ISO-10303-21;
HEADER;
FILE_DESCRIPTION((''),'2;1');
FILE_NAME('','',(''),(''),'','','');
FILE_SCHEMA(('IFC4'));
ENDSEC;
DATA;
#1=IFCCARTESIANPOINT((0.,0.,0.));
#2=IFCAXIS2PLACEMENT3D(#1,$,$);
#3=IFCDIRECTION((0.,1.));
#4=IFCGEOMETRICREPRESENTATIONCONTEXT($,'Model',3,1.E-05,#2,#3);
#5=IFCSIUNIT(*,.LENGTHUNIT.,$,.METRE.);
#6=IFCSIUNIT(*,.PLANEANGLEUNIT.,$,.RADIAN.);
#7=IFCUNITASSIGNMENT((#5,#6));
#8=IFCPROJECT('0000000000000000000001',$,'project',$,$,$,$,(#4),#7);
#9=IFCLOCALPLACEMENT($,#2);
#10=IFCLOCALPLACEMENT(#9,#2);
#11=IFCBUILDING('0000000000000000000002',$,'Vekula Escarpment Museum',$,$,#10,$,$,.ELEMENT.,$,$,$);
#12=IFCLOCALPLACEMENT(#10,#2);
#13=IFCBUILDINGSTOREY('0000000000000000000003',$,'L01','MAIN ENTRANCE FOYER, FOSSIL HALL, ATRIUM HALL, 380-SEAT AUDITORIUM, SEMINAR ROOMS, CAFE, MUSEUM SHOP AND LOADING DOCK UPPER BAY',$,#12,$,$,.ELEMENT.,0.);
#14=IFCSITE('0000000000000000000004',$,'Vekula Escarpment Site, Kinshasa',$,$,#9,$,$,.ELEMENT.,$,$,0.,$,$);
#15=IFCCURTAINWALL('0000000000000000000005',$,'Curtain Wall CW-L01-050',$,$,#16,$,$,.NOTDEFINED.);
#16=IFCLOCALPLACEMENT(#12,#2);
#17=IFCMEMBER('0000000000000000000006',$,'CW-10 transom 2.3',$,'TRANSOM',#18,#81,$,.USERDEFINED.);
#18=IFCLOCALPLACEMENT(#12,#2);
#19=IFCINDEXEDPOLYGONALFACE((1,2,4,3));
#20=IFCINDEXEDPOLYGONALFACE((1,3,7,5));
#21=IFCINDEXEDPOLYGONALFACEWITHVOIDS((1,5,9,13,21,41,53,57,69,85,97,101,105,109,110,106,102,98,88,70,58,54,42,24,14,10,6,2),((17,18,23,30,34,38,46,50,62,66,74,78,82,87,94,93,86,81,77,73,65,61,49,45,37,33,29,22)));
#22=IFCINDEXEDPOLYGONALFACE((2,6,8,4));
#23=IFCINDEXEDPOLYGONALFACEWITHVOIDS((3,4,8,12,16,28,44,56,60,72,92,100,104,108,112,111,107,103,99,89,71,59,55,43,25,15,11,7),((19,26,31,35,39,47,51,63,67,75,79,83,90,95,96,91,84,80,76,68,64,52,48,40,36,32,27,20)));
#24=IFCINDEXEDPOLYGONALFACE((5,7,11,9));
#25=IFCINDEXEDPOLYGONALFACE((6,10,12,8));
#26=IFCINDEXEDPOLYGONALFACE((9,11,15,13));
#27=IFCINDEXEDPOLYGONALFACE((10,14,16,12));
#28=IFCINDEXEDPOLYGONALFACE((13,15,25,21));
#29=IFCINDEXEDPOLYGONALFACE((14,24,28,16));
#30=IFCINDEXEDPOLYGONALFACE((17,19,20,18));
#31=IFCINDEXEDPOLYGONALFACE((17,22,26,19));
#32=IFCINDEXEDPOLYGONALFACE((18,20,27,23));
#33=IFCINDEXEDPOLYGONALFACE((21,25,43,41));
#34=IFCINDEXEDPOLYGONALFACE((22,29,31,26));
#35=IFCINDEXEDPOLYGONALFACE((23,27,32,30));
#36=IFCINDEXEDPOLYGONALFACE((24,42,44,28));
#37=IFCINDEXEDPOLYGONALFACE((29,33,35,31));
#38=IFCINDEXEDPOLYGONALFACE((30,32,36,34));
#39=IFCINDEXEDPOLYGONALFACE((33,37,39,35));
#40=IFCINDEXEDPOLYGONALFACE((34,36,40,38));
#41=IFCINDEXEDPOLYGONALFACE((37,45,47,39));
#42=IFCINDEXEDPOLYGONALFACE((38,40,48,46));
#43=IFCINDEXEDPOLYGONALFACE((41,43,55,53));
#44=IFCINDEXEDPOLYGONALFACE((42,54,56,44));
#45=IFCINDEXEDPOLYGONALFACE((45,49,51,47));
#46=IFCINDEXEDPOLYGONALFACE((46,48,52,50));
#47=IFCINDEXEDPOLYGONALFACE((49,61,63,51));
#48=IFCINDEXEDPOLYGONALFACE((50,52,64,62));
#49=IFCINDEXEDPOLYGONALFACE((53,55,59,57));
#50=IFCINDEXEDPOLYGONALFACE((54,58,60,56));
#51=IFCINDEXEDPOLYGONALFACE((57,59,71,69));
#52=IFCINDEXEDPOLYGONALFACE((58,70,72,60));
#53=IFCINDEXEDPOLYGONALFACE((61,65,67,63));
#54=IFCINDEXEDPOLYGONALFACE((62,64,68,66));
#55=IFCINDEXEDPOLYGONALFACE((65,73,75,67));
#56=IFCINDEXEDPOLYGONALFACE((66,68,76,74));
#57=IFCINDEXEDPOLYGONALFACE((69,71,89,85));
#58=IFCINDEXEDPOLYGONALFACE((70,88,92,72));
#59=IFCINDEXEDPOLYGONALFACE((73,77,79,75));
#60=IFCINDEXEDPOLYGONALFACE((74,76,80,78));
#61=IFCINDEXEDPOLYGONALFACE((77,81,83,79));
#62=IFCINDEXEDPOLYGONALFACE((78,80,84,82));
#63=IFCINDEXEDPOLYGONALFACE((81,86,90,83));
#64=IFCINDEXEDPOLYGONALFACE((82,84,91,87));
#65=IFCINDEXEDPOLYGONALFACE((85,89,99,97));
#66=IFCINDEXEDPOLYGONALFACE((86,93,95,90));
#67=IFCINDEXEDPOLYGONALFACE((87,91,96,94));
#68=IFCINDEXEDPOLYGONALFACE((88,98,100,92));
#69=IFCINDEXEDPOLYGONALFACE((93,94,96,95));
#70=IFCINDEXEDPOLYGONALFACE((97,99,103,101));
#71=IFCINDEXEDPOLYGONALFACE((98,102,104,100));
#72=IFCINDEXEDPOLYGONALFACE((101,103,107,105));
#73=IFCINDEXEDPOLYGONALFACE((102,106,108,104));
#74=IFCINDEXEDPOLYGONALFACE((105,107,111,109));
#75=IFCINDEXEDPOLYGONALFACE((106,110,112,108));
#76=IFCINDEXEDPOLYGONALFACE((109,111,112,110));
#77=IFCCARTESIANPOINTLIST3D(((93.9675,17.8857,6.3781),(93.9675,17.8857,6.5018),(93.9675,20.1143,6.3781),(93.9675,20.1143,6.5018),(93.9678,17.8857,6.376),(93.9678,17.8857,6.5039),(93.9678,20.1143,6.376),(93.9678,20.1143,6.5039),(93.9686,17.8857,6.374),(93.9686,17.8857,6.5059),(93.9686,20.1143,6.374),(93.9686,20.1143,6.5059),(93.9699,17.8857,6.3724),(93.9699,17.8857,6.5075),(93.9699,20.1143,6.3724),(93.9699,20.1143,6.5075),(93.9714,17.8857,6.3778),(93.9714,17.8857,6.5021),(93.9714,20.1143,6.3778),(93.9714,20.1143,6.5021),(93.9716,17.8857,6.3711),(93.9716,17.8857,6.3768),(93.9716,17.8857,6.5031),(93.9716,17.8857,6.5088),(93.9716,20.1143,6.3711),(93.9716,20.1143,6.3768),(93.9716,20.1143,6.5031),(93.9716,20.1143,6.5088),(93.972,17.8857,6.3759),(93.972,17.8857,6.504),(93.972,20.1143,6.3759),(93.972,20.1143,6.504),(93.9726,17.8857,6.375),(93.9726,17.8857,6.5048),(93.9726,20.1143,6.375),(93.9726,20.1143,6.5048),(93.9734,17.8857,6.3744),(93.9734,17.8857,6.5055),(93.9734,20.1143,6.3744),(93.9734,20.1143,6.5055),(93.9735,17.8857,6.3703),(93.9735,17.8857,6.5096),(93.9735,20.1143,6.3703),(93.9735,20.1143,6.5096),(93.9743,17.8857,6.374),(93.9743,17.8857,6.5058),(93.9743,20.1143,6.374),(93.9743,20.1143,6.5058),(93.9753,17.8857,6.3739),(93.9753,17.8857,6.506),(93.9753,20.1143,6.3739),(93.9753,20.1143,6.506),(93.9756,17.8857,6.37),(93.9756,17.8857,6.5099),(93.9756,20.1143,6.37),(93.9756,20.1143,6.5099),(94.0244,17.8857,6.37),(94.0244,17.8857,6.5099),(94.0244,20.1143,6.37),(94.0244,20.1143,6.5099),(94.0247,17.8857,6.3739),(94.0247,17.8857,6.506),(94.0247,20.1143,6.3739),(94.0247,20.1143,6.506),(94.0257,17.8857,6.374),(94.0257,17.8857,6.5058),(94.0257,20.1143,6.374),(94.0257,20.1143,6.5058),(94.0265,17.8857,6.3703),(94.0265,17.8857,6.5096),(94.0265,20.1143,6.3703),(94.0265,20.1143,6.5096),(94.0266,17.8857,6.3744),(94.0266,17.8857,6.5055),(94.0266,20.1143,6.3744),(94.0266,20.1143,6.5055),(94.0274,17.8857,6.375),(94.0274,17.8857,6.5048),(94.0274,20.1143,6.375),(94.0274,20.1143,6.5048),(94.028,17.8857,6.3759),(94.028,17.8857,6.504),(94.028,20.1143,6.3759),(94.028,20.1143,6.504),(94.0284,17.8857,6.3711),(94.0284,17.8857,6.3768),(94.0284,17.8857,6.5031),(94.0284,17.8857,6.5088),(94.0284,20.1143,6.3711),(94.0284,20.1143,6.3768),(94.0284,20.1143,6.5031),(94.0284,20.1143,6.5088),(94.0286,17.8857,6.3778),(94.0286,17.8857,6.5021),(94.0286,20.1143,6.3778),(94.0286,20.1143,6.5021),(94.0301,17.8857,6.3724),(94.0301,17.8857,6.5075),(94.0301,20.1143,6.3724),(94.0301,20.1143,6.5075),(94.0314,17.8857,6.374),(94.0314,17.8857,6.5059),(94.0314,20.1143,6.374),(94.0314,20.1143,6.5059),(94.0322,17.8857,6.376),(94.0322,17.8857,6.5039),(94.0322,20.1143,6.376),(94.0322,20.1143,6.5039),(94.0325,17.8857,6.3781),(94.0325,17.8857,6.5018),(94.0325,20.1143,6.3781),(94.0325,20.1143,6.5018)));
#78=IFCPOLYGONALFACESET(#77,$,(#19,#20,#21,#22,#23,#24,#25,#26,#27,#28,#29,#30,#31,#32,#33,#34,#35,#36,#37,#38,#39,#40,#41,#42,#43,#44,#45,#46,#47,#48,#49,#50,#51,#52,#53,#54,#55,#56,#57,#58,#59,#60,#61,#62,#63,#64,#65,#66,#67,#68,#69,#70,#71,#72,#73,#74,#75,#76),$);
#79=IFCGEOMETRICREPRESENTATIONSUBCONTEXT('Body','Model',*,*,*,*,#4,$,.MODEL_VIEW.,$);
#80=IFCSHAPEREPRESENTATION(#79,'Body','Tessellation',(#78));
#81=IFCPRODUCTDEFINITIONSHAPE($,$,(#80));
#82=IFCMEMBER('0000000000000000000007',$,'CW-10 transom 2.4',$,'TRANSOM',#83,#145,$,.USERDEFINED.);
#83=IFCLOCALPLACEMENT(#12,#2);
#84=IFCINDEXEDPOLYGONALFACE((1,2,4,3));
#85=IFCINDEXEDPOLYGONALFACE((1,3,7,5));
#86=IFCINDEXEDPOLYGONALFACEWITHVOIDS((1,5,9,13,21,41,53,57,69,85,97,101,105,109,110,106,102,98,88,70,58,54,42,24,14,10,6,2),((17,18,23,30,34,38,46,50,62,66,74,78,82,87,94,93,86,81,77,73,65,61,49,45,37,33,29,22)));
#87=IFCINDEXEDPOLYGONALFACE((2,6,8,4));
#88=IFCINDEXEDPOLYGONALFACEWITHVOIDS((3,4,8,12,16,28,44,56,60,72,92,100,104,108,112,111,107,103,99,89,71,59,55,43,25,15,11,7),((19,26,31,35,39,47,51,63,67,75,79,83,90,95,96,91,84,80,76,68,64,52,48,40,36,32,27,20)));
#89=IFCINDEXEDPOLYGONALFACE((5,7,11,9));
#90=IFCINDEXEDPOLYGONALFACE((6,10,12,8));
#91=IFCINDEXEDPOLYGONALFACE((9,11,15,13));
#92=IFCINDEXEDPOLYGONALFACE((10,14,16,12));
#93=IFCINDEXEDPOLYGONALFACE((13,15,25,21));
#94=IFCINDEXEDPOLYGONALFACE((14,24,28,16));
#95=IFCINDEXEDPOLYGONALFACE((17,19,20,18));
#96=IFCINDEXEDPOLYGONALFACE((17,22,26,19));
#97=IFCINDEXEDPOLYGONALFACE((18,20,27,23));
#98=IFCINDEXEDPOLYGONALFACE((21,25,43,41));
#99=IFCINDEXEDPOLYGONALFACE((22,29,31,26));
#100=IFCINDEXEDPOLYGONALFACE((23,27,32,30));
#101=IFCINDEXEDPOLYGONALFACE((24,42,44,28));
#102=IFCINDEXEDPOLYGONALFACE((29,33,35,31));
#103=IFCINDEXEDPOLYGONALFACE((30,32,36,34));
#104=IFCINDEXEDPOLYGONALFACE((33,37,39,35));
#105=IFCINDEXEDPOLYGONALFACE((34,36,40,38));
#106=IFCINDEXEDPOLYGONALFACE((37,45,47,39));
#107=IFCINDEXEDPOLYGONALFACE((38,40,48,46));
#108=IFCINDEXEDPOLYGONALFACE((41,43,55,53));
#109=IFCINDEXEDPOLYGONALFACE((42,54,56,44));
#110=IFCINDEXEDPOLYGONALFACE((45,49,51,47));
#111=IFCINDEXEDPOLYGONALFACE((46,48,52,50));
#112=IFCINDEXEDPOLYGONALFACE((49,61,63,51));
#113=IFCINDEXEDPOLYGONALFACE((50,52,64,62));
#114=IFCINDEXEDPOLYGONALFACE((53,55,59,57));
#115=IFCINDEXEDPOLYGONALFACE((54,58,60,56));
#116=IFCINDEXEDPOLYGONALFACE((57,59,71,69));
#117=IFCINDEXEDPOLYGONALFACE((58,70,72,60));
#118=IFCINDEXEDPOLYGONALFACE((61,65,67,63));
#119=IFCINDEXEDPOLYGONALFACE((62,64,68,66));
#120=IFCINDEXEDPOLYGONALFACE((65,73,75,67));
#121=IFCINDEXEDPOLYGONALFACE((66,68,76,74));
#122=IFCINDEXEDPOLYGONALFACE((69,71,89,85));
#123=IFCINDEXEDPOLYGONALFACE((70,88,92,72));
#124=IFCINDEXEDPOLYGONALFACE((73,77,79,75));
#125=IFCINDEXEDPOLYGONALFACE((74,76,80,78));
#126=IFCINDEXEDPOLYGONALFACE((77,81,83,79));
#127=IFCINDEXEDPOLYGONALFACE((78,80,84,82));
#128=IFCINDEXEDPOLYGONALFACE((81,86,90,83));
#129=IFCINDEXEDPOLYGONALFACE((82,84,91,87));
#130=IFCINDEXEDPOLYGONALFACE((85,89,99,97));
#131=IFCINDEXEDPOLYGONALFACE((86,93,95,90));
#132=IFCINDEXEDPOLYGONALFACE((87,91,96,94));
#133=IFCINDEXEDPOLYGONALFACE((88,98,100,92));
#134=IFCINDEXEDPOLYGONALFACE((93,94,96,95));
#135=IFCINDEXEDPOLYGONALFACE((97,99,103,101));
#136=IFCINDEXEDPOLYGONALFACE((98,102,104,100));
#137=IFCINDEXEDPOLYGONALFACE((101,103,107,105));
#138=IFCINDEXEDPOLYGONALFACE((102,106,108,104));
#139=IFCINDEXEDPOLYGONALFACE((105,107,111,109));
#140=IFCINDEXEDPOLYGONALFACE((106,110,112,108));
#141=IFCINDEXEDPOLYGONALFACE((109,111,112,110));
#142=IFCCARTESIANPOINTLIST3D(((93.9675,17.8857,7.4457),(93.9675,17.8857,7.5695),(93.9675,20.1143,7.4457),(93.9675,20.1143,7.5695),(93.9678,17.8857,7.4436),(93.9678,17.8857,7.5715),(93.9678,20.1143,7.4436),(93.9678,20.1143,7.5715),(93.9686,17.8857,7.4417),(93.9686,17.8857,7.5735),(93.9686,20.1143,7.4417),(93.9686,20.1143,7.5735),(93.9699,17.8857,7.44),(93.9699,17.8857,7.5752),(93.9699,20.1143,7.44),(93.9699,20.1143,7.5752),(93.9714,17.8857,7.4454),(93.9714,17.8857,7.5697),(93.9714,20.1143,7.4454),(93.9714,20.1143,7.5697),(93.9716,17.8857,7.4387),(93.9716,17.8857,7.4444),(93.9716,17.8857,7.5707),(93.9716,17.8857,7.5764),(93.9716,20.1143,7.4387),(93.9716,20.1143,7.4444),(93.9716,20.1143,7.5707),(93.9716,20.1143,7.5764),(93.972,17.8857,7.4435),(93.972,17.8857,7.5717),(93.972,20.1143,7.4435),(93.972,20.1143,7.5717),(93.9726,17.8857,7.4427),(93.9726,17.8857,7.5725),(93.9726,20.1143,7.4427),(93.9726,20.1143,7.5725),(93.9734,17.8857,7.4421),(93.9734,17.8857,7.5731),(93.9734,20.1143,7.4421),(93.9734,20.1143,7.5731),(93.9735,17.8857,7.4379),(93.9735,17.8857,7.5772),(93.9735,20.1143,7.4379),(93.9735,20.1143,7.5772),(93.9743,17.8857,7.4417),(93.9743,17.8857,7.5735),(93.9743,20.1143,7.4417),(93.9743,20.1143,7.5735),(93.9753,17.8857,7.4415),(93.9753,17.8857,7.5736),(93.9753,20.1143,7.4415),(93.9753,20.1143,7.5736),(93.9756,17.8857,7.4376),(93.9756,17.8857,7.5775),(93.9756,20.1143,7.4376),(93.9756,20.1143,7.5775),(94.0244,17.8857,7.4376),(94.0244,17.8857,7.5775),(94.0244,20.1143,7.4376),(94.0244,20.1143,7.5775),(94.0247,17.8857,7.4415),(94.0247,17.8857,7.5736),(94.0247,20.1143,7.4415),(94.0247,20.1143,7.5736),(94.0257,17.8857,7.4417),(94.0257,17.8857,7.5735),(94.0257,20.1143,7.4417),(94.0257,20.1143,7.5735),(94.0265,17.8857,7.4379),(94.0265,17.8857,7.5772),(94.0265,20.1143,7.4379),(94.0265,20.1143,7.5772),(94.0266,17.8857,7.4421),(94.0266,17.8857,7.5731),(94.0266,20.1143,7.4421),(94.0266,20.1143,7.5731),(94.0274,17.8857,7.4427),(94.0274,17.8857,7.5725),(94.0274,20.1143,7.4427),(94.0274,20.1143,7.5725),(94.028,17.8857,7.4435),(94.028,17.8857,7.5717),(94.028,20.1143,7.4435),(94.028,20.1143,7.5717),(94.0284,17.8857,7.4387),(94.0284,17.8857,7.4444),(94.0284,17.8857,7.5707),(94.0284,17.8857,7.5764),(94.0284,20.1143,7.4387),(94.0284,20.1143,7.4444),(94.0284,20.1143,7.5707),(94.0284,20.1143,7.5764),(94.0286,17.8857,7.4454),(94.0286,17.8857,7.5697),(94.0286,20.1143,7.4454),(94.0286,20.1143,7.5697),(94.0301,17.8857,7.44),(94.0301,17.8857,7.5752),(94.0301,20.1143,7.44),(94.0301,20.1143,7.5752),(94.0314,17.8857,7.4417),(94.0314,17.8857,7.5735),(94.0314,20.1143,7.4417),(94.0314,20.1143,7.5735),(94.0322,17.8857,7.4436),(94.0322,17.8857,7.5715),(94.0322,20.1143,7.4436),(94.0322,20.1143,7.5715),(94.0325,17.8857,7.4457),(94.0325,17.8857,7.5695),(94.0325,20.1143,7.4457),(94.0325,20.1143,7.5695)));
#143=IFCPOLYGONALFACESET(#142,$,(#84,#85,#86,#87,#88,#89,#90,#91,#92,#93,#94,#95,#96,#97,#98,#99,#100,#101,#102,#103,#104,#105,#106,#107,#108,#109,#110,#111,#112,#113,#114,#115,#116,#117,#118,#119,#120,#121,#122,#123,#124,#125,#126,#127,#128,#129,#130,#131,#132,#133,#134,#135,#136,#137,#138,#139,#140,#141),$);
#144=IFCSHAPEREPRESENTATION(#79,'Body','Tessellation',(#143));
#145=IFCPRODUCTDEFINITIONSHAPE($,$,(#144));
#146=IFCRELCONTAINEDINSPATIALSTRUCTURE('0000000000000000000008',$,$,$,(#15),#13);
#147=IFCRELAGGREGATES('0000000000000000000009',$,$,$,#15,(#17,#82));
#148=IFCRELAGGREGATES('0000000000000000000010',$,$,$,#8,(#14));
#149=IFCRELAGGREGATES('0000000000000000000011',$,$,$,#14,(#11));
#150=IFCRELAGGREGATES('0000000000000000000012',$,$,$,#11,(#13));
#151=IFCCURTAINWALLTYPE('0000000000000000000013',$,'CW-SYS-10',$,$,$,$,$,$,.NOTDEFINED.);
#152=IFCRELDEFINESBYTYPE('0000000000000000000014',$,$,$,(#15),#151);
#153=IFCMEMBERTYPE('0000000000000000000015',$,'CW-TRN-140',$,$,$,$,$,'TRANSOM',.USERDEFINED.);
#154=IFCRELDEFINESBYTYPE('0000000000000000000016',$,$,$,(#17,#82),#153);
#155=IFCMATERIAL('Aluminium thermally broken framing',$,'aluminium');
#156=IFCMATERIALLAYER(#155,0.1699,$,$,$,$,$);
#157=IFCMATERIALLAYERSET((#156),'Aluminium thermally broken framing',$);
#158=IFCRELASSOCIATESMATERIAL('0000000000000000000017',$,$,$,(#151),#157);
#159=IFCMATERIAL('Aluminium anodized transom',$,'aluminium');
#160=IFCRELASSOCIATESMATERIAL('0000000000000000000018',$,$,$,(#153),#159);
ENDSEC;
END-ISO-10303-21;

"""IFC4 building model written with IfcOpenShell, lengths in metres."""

from ifc_helpers import new_model, si_unit, direction, frame, origin, origin_2d, place, context, subcontext, project, spatial, hollow_rectangle, extrude, material, layer, layer_set, material_profile, profile_set, type_object, element, aggregate, save


model = new_model("IFC4")

# Units and contexts
model_context = context("Model", 3, precision=1e-05, world=origin(), true_north=direction((0.0, 1.0)))
body_context = subcontext(model_context, "Body", "Model", "MODEL_VIEW")
ifc_project = project(units=[si_unit("LENGTHUNIT", "METRE"), si_unit("PLANEANGLEUNIT", "RADIAN")], contexts=[model_context])

# Site, building, storey
site_placement = place(None, origin())
site = spatial("IfcSite", under=ifc_project, at=site_placement, Name="Vekula Escarpment Site, Kinshasa", CompositionType="ELEMENT", RefElevation=0.0)
building_placement = place(site_placement, origin())
building = spatial("IfcBuilding", under=site, at=building_placement, Name="Vekula Escarpment Museum", CompositionType="ELEMENT")
storey_placement = place(building_placement, origin())
storey = spatial("IfcBuildingStorey", under=building, at=storey_placement, Name="L01", Description="MAIN ENTRANCE FOYER, FOSSIL HALL, ATRIUM HALL, 380-SEAT AUDITORIUM, SEMINAR ROOMS, CAFE, MUSEUM SHOP AND LOADING DOCK UPPER BAY", CompositionType="ELEMENT", Elevation=0.0)

# Curtain wall, members
ifc_material_1 = material(Name="Aluminium thermally broken framing", Category="aluminium")
ifc_layer_1 = layer(ifc_material_1, 0.1699)
ifc_layer_set_1 = layer_set([ifc_layer_1], Name="Aluminium thermally broken framing")
curtain_wall_type = type_object("IfcCurtainWallType", Name="CW-SYS-10", PredefinedType="NOTDEFINED", material=ifc_layer_set_1)
curtain_wall_placement = place(storey_placement, origin())
curtain_wall = element("IfcCurtainWall", 1, at=curtain_wall_placement, inside=storey, type_object=curtain_wall_type, Name="Curtain Wall CW-L01-050", PredefinedType="NOTDEFINED")
ifc_material_2 = material(Name="Aluminium anodized transom", Category="aluminium")
ifc_material_profile_1 = material_profile(ifc_material_2, hollow_rectangle(XDim=0.0649, YDim=0.1399, WallThickness=0.0039, InnerFilletRadius=0.0039, OuterFilletRadius=0.0081, at=origin_2d()), Name="ALU 140x65x4")
ifc_profile_set_1 = profile_set([ifc_material_profile_1], Name="Aluminium anodized transom")
member_type_1 = type_object("IfcMemberType", Name="CW-TRN-140", ElementType="TRANSOM", PredefinedType="USERDEFINED", material=ifc_profile_set_1)
member_1_placement = place(storey_placement, frame((94.0, 20.1143, 6.4399), z_axis=(0.0, -1.0, 0.0), x_axis=(1.0, 0.0, 0.0)))
member_1 = element("IfcMember", 2, at=member_1_placement, type_object=member_type_1, Name="CW-10 transom 2.3", ObjectType="TRANSOM", PredefinedType="USERDEFINED", context=body_context, shape_type="SweptSolid", body=[
    extrude(hollow_rectangle(XDim=0.0649, YDim=0.1399, WallThickness=0.0039, InnerFilletRadius=0.0039, OuterFilletRadius=0.0081, at=origin_2d()), origin(), (0.0, 0.0, 1.0), 2.2285),
])
member_2_placement = place(storey_placement, frame((94.0, 20.1143, 7.5076), z_axis=(0.0, -1.0, 0.0), x_axis=(1.0, 0.0, 0.0)))
member_2 = element("IfcMember", 3, at=member_2_placement, type_object=member_type_1, Name="CW-10 transom 2.4", ObjectType="TRANSOM", PredefinedType="USERDEFINED", context=body_context, shape_type="SweptSolid", body=[
    extrude(hollow_rectangle(XDim=0.0649, YDim=0.1399, WallThickness=0.0039, InnerFilletRadius=0.0039, OuterFilletRadius=0.0081, at=origin_2d()), origin(), (0.0, 0.0, 1.0), 2.2285),
])

aggregate(curtain_wall, [member_1, member_2])

save(model, "model.ifc")
